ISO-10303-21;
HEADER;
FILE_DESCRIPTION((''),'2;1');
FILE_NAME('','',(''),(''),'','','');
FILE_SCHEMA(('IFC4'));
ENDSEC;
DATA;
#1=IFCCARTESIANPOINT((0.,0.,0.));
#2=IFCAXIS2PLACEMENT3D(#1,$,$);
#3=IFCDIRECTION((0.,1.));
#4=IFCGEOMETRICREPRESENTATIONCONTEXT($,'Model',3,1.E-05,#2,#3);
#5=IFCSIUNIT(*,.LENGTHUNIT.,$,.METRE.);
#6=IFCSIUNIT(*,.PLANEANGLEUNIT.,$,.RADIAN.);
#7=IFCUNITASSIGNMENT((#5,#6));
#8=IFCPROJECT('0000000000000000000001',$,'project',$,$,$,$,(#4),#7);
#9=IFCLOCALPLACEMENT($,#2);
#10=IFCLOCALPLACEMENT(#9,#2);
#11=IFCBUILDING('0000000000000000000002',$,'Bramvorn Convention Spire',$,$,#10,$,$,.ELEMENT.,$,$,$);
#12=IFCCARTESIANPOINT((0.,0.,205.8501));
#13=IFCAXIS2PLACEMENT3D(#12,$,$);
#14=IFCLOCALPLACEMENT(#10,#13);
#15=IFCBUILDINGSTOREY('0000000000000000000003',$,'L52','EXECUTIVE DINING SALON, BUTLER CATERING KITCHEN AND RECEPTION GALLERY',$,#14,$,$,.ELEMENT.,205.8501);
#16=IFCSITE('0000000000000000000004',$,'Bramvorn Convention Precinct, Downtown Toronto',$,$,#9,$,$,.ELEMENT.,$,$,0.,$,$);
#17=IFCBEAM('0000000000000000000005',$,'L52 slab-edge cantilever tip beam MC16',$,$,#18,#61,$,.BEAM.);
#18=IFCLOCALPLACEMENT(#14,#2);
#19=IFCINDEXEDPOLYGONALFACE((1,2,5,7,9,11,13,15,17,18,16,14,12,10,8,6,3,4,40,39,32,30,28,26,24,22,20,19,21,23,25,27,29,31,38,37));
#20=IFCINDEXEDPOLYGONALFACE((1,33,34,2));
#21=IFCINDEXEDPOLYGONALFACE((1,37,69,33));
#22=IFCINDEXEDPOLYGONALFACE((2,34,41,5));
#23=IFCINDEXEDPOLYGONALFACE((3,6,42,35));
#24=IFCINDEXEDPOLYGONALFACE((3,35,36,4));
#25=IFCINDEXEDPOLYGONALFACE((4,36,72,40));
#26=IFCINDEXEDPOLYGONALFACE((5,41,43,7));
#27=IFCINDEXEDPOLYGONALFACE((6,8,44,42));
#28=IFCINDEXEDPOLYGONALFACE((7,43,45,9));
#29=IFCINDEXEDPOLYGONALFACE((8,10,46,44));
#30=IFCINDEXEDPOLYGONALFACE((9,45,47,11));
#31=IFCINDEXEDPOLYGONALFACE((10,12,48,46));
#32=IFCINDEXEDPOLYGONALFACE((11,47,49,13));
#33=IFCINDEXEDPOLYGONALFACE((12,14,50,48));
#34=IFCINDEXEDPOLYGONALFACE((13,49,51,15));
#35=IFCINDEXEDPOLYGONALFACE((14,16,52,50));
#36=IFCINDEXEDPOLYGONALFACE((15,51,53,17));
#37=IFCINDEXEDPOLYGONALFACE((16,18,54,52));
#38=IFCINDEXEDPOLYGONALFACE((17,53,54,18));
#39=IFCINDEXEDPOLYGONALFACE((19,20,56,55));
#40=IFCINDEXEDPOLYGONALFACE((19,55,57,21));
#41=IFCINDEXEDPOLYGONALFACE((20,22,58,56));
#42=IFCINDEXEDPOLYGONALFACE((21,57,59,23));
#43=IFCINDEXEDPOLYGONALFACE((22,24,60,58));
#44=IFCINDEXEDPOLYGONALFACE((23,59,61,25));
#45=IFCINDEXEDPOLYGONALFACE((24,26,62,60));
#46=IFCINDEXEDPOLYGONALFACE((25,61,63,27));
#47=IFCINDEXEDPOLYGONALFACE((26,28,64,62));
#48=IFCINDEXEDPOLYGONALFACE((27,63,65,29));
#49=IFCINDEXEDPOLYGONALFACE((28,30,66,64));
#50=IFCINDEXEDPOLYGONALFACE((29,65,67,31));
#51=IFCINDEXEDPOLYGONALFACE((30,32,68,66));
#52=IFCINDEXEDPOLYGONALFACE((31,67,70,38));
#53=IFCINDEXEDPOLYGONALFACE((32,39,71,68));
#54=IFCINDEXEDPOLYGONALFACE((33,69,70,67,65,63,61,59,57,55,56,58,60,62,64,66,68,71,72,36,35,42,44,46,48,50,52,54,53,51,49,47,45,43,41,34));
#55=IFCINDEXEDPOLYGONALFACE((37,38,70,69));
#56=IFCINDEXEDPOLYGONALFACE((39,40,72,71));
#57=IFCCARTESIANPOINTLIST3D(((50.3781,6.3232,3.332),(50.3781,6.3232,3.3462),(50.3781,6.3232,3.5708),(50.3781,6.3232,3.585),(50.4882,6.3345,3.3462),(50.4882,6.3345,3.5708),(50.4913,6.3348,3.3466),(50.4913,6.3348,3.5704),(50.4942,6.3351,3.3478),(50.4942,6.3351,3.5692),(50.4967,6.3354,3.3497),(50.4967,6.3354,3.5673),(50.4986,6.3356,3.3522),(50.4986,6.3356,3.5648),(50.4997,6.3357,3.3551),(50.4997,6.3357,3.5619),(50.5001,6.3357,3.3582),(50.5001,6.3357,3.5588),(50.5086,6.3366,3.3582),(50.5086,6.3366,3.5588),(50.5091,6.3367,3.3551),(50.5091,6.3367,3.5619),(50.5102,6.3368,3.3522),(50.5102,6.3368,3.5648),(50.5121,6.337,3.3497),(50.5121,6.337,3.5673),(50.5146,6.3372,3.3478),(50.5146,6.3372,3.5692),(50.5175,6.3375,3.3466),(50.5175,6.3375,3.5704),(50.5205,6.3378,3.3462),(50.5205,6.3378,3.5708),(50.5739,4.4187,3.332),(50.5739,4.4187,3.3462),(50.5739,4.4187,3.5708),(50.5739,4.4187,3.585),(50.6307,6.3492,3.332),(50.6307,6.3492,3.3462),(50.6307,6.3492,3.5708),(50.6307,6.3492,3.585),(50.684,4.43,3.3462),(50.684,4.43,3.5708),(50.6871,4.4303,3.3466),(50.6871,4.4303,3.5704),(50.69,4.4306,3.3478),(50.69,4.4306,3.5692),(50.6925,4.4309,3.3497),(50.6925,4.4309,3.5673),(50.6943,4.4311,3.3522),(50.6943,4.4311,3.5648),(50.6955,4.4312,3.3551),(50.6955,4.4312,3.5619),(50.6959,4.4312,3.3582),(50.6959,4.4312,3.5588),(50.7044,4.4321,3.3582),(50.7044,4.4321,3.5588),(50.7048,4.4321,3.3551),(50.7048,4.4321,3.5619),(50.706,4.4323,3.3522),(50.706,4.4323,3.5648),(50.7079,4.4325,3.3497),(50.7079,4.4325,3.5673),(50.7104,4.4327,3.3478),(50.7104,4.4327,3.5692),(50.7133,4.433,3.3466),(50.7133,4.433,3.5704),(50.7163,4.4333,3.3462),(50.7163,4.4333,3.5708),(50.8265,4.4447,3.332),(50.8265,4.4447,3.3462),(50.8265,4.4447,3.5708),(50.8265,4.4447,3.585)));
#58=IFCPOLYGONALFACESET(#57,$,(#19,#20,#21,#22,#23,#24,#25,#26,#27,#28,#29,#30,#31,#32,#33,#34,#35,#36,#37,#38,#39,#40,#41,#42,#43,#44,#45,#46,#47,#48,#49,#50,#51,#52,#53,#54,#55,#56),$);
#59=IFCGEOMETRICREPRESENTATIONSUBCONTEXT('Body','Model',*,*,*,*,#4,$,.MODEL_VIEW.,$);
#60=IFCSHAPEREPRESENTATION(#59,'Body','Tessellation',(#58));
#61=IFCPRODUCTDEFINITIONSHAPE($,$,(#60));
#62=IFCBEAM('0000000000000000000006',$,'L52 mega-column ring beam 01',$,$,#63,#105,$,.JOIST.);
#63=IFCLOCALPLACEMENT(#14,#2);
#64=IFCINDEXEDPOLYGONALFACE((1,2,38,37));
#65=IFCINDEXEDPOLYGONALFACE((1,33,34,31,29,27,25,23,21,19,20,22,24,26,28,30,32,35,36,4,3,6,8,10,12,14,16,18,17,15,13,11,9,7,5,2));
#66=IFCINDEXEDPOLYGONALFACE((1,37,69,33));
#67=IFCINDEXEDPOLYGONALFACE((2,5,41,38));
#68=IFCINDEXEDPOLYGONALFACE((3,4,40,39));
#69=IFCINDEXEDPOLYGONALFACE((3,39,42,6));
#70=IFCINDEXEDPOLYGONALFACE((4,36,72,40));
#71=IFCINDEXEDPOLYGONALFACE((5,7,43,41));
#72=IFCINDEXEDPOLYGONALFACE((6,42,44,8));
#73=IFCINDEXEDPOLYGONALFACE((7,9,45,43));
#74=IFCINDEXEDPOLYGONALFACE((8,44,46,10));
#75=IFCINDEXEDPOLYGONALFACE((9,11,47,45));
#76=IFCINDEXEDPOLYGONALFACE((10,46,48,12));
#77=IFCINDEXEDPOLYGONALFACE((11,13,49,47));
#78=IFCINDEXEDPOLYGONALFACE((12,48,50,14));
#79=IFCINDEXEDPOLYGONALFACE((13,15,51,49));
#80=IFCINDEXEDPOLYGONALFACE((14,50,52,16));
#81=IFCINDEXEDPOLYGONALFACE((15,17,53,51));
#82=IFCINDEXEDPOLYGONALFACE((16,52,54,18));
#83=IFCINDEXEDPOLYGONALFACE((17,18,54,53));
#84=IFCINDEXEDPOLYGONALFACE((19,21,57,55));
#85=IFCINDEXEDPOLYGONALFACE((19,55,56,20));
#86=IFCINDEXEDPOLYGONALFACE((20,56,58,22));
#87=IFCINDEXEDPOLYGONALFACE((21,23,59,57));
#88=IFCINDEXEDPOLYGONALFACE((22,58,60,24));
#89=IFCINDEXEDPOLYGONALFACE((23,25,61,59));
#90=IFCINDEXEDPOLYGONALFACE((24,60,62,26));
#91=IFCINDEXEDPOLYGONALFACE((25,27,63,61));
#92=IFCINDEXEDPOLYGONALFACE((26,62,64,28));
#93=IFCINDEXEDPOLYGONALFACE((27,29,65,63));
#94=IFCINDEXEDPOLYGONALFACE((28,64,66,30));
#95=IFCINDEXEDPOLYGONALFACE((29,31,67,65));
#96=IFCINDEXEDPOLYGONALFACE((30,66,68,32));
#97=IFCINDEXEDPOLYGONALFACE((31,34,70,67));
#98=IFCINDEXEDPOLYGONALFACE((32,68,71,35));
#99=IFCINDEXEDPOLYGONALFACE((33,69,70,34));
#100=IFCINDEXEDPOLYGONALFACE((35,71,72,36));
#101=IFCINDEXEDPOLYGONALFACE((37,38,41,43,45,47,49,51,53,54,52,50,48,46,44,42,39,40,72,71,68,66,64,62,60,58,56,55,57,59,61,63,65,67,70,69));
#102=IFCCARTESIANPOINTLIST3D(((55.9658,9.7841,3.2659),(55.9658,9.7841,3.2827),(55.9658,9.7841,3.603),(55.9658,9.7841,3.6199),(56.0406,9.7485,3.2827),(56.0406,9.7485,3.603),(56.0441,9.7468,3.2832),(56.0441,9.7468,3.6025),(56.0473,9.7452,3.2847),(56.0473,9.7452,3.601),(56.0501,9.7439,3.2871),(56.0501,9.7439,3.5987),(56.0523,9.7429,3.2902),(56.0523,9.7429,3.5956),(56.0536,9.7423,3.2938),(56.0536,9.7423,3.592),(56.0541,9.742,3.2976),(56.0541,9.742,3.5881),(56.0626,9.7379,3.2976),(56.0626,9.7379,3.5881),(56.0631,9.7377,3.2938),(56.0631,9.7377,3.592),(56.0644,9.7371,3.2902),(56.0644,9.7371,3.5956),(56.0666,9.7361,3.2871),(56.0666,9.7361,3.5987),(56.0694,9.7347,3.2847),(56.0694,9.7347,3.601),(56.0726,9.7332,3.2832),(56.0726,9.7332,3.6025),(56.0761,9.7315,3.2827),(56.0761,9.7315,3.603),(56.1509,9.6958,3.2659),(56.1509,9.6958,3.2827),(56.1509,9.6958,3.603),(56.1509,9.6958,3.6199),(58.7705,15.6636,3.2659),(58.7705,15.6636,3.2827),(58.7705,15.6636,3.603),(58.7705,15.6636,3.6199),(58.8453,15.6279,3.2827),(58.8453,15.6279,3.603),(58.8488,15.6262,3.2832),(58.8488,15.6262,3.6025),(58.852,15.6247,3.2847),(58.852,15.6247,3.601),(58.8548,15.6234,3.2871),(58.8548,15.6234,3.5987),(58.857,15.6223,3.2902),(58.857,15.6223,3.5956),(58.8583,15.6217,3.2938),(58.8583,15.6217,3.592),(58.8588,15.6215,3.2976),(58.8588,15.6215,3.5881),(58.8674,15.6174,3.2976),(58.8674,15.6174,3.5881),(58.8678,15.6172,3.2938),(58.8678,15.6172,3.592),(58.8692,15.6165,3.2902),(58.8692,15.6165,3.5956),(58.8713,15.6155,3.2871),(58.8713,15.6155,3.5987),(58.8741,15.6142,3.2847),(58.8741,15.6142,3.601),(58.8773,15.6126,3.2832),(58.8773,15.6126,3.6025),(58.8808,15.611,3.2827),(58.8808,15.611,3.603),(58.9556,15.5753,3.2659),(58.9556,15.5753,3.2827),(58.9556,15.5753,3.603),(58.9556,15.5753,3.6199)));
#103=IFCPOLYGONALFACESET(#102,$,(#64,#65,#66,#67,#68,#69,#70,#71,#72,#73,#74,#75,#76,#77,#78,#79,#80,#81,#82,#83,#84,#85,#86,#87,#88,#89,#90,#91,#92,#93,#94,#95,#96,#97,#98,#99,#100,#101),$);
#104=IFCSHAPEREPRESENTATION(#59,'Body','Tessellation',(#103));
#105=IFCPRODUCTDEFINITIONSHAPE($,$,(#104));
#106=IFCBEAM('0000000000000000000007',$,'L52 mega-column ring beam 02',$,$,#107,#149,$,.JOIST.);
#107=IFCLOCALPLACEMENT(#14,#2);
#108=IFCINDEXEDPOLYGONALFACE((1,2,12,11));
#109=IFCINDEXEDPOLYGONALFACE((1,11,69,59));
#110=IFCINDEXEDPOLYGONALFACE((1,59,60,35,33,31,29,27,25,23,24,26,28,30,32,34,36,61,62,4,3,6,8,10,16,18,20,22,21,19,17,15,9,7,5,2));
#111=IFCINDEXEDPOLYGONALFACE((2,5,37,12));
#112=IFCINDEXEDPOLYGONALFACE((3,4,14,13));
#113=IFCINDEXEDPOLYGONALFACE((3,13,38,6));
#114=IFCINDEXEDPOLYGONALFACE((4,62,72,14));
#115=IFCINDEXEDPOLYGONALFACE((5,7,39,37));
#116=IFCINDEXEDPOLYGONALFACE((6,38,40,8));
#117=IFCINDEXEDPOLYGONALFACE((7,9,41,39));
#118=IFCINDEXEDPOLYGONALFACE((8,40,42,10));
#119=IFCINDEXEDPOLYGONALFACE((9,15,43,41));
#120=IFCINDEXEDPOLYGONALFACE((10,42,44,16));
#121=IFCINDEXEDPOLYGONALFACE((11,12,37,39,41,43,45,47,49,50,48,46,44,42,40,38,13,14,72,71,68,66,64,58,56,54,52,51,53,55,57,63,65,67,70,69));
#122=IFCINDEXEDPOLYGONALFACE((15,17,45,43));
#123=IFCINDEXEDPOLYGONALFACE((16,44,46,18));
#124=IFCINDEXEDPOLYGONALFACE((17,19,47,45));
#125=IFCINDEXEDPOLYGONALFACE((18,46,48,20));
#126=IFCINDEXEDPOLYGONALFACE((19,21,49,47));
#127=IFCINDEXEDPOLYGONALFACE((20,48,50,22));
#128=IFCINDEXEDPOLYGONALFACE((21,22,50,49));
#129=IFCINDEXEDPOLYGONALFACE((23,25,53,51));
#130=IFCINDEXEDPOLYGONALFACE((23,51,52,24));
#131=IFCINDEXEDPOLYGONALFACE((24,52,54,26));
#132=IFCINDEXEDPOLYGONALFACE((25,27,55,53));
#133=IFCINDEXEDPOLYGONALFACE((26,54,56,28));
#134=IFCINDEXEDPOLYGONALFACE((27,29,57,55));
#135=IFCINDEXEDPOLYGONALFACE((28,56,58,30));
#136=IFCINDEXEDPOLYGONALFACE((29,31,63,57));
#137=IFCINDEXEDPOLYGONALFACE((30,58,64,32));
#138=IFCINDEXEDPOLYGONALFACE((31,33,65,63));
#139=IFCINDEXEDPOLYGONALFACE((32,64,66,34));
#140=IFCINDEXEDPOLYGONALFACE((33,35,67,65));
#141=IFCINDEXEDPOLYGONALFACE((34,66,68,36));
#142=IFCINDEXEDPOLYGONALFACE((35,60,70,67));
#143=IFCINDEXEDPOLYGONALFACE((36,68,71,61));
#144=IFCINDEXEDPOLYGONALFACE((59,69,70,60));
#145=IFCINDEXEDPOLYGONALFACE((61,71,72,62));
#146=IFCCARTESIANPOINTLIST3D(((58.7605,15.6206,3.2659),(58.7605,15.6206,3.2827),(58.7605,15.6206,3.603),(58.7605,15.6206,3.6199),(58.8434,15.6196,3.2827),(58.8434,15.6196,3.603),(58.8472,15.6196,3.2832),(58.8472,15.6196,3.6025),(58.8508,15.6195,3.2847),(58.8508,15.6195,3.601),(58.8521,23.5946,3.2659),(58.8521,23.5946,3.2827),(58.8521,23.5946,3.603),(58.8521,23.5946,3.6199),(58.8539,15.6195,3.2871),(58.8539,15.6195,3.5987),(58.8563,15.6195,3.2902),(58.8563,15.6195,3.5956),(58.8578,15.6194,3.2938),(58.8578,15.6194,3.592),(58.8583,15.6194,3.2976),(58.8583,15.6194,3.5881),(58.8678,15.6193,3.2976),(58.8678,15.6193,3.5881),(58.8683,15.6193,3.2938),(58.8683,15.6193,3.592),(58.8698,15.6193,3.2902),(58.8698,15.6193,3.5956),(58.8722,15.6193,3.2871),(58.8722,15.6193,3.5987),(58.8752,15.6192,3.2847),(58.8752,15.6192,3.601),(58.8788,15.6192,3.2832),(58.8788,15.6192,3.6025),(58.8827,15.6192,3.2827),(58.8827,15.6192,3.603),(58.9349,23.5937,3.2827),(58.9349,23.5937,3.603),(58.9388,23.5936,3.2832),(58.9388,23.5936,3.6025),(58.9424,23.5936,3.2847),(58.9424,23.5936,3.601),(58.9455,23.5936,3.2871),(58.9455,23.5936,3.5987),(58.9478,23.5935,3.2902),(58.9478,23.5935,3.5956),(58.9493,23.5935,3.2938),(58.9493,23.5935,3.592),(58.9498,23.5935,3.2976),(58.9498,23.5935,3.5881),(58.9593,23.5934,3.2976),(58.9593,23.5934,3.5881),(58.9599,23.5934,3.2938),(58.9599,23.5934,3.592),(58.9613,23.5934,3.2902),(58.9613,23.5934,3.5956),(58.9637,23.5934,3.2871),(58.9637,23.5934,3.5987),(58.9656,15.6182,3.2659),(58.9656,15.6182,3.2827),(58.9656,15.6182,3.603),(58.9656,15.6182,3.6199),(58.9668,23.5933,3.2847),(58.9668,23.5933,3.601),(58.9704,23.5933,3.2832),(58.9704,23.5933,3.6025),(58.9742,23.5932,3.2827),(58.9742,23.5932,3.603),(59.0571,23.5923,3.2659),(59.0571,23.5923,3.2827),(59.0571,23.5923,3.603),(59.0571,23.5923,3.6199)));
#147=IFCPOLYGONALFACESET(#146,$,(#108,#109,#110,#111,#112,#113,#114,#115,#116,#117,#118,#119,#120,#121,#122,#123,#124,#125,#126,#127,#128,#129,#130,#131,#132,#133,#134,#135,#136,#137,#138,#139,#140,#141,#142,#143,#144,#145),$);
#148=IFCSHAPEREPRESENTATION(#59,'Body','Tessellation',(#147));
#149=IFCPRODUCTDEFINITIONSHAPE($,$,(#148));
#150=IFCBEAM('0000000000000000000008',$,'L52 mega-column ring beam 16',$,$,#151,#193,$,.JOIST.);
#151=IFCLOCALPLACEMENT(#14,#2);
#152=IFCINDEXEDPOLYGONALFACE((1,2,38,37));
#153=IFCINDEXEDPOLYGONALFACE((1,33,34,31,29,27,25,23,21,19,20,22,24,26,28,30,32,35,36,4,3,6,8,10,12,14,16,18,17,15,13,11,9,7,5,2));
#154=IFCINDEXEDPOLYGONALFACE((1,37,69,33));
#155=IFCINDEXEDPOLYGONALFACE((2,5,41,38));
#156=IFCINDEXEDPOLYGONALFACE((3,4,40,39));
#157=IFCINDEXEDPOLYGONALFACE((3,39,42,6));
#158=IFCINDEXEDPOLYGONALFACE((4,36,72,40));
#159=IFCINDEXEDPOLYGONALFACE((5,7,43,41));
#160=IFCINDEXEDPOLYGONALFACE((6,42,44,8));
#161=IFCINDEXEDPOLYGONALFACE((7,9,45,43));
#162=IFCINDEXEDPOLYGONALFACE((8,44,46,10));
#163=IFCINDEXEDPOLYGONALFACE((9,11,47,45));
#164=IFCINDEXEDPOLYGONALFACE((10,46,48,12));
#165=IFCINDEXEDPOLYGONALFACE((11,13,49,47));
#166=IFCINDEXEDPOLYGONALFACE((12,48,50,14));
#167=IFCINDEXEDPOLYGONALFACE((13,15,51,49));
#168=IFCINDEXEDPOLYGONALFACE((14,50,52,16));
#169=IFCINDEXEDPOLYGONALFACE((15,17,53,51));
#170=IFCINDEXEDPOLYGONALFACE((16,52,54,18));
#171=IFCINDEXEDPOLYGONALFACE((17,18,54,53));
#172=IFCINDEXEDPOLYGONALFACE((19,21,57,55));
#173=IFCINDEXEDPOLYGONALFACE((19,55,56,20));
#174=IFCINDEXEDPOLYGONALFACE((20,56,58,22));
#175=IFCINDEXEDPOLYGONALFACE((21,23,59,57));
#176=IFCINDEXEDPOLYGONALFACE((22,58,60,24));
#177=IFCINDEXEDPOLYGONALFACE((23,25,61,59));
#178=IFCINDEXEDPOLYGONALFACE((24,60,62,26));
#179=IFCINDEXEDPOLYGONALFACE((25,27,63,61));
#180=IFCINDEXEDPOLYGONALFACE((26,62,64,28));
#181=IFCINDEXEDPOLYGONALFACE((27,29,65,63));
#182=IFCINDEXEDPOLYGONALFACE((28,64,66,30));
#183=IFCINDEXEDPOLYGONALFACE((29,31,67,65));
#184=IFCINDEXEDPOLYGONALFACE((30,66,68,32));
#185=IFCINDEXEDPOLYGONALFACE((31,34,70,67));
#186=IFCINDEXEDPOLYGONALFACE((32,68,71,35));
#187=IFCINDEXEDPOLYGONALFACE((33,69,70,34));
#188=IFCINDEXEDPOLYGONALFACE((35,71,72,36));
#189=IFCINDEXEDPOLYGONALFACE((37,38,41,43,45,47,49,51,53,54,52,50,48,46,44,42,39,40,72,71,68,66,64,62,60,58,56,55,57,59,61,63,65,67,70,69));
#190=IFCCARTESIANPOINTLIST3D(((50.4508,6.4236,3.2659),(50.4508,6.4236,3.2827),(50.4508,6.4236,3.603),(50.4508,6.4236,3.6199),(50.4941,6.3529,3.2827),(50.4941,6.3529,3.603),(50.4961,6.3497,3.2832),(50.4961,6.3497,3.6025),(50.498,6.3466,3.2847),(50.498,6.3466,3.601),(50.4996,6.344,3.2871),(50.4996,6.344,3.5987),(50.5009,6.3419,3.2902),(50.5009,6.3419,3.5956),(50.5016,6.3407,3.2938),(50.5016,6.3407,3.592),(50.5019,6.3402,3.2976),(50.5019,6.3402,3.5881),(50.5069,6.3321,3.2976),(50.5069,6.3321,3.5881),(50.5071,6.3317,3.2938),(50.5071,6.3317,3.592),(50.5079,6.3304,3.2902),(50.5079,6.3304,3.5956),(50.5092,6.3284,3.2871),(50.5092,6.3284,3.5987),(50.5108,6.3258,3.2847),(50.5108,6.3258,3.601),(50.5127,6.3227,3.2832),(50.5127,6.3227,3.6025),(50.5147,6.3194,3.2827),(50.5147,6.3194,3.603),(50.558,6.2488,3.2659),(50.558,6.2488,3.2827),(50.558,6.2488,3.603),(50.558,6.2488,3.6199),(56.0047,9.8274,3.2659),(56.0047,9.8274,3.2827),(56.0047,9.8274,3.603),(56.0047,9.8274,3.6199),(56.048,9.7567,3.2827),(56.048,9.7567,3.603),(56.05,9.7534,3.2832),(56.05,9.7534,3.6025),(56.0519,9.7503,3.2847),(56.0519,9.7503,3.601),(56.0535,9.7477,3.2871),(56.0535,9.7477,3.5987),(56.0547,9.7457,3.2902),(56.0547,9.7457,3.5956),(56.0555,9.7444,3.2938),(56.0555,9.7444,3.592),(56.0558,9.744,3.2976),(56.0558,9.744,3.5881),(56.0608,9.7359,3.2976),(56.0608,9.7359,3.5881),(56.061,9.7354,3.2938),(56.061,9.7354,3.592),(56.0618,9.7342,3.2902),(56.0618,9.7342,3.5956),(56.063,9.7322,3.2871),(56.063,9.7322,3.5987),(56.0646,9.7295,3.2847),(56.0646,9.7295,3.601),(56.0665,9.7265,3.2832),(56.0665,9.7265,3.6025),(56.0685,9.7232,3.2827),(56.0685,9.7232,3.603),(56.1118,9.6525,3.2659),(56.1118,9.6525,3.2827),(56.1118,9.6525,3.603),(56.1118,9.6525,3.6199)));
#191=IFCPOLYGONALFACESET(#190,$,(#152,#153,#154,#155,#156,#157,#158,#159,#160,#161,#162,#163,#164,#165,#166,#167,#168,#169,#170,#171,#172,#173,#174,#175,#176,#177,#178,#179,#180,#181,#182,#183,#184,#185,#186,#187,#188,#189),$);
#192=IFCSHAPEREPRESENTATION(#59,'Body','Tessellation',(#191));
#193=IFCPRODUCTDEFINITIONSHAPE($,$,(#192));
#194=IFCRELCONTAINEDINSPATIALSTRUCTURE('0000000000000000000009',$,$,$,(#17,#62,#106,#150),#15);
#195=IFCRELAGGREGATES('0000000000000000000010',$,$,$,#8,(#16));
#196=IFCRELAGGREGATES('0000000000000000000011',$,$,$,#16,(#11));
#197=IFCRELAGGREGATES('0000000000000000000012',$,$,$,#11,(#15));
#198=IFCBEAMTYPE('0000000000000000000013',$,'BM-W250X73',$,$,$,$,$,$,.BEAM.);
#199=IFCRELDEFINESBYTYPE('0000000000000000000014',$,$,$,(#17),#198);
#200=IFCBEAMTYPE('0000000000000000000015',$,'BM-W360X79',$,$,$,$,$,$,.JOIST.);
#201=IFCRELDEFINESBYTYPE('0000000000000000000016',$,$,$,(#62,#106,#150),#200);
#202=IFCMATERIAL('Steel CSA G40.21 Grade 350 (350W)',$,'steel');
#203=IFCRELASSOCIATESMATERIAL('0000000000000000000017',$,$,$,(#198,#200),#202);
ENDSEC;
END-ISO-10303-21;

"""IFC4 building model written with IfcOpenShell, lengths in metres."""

from ifc_helpers import new_model, si_unit, direction, frame, origin, origin_2d, place, context, subcontext, project, spatial, i_section, extrude, material, material_profile, profile_set, type_object, element, save


model = new_model("IFC4")

# Units and contexts
model_context = context("Model", 3, precision=1e-05, world=origin(), true_north=direction((0.0, 1.0)))
body_context = subcontext(model_context, "Body", "Model", "MODEL_VIEW")
ifc_project = project(units=[si_unit("LENGTHUNIT", "METRE"), si_unit("PLANEANGLEUNIT", "RADIAN")], contexts=[model_context])

# Site, building, storey
site_placement = place(None, origin())
site = spatial("IfcSite", under=ifc_project, at=site_placement, Name="Bramvorn Convention Precinct, Downtown Toronto", CompositionType="ELEMENT", RefElevation=0.0)
building_placement = place(site_placement, origin())
building = spatial("IfcBuilding", under=site, at=building_placement, Name="Bramvorn Convention Spire", CompositionType="ELEMENT")
storey_placement = place(building_placement, frame((0.0, 0.0, 205.8501)))
storey = spatial("IfcBuildingStorey", under=building, at=storey_placement, Name="L52", Description="EXECUTIVE DINING SALON, BUTLER CATERING KITCHEN AND RECEPTION GALLERY", CompositionType="ELEMENT", Elevation=205.8501)

# Shared definitions
ifc_material_1 = material(Name="Steel CSA G40.21 Grade 350 (350W)", Category="steel")

# Beams
ifc_material_profile_1 = material_profile(ifc_material_1, i_section(OverallWidth=0.2539, OverallDepth=0.2529, WebThickness=0.0085, FlangeThickness=0.0142, FilletRadius=0.012, at=origin_2d()))
ifc_profile_set_1 = profile_set([ifc_material_profile_1], Name="Steel CSA G40.21 Grade 350 (350W) - W250X73")
beam_type_1 = type_object("IfcBeamType", Name="BM-W250X73", PredefinedType="BEAM", material=ifc_profile_set_1)
beam_1_placement = place(storey_placement, frame((50.5044, 6.3362, 3.4585), z_axis=(0.102268, -0.994757, 0.0), x_axis=(0.994757, 0.102268, 0.0)))
element("IfcBeam", 1, at=beam_1_placement, inside=storey, type_object=beam_type_1, Name="L52 slab-edge cantilever tip beam MC16", PredefinedType="BEAM", context=body_context, shape_type="SweptSolid", body=[
    extrude(i_section(OverallWidth=0.2539, OverallDepth=0.2529, WebThickness=0.0085, FlangeThickness=0.0142, FilletRadius=0.012, at=origin_2d()), origin(), (0.0, 0.0, 1.0), 1.9146),
])
ifc_material_profile_2 = material_profile(ifc_material_1, i_section(OverallWidth=0.2051, OverallDepth=0.354, WebThickness=0.0095, FlangeThickness=0.0168, FilletRadius=0.0149, at=origin_2d()))
ifc_profile_set_2 = profile_set([ifc_material_profile_2], Name="Steel CSA G40.21 Grade 350 (350W) - W360X79")
beam_type_2 = type_object("IfcBeamType", Name="BM-W360X79", PredefinedType="JOIST", material=ifc_profile_set_2)
beam_2_placement = place(storey_placement, frame((56.0583, 9.74, 3.4429), z_axis=(0.430556, 0.902564, 0.0), x_axis=(-0.902564, 0.430556, 0.0)))
element("IfcBeam", 2, at=beam_2_placement, inside=storey, type_object=beam_type_2, Name="L52 mega-column ring beam 01", PredefinedType="JOIST", context=body_context, shape_type="SweptSolid", body=[
    extrude(i_section(OverallWidth=0.2051, OverallDepth=0.354, WebThickness=0.0095, FlangeThickness=0.0168, FilletRadius=0.0149, at=origin_2d()), origin(), (0.0, 0.0, 1.0), 6.5142),
])
beam_3_placement = place(storey_placement, frame((58.863, 15.6194, 3.4429), z_axis=(0.01148, 0.999934, 0.0), x_axis=(-0.999934, 0.01148, 0.0)))
element("IfcBeam", 3, at=beam_3_placement, inside=storey, type_object=beam_type_2, Name="L52 mega-column ring beam 02", PredefinedType="JOIST", context=body_context, shape_type="SweptSolid", body=[
    extrude(i_section(OverallWidth=0.2051, OverallDepth=0.354, WebThickness=0.0095, FlangeThickness=0.0168, FilletRadius=0.0149, at=origin_2d()), origin(), (0.0, 0.0, 1.0), 7.9746),
])
beam_4_placement = place(storey_placement, frame((50.5044, 6.3362, 3.4429), z_axis=(0.852617, 0.522537, 0.0), x_axis=(-0.522537, 0.852617, 0.0)))
element("IfcBeam", 4, at=beam_4_placement, inside=storey, type_object=beam_type_2, Name="L52 mega-column ring beam 16", PredefinedType="JOIST", context=body_context, shape_type="SweptSolid", body=[
    extrude(i_section(OverallWidth=0.2051, OverallDepth=0.354, WebThickness=0.0095, FlangeThickness=0.0168, FilletRadius=0.0149, at=origin_2d()), origin(), (0.0, 0.0, 1.0), 6.5139),
])

save(model, "model.ifc")
